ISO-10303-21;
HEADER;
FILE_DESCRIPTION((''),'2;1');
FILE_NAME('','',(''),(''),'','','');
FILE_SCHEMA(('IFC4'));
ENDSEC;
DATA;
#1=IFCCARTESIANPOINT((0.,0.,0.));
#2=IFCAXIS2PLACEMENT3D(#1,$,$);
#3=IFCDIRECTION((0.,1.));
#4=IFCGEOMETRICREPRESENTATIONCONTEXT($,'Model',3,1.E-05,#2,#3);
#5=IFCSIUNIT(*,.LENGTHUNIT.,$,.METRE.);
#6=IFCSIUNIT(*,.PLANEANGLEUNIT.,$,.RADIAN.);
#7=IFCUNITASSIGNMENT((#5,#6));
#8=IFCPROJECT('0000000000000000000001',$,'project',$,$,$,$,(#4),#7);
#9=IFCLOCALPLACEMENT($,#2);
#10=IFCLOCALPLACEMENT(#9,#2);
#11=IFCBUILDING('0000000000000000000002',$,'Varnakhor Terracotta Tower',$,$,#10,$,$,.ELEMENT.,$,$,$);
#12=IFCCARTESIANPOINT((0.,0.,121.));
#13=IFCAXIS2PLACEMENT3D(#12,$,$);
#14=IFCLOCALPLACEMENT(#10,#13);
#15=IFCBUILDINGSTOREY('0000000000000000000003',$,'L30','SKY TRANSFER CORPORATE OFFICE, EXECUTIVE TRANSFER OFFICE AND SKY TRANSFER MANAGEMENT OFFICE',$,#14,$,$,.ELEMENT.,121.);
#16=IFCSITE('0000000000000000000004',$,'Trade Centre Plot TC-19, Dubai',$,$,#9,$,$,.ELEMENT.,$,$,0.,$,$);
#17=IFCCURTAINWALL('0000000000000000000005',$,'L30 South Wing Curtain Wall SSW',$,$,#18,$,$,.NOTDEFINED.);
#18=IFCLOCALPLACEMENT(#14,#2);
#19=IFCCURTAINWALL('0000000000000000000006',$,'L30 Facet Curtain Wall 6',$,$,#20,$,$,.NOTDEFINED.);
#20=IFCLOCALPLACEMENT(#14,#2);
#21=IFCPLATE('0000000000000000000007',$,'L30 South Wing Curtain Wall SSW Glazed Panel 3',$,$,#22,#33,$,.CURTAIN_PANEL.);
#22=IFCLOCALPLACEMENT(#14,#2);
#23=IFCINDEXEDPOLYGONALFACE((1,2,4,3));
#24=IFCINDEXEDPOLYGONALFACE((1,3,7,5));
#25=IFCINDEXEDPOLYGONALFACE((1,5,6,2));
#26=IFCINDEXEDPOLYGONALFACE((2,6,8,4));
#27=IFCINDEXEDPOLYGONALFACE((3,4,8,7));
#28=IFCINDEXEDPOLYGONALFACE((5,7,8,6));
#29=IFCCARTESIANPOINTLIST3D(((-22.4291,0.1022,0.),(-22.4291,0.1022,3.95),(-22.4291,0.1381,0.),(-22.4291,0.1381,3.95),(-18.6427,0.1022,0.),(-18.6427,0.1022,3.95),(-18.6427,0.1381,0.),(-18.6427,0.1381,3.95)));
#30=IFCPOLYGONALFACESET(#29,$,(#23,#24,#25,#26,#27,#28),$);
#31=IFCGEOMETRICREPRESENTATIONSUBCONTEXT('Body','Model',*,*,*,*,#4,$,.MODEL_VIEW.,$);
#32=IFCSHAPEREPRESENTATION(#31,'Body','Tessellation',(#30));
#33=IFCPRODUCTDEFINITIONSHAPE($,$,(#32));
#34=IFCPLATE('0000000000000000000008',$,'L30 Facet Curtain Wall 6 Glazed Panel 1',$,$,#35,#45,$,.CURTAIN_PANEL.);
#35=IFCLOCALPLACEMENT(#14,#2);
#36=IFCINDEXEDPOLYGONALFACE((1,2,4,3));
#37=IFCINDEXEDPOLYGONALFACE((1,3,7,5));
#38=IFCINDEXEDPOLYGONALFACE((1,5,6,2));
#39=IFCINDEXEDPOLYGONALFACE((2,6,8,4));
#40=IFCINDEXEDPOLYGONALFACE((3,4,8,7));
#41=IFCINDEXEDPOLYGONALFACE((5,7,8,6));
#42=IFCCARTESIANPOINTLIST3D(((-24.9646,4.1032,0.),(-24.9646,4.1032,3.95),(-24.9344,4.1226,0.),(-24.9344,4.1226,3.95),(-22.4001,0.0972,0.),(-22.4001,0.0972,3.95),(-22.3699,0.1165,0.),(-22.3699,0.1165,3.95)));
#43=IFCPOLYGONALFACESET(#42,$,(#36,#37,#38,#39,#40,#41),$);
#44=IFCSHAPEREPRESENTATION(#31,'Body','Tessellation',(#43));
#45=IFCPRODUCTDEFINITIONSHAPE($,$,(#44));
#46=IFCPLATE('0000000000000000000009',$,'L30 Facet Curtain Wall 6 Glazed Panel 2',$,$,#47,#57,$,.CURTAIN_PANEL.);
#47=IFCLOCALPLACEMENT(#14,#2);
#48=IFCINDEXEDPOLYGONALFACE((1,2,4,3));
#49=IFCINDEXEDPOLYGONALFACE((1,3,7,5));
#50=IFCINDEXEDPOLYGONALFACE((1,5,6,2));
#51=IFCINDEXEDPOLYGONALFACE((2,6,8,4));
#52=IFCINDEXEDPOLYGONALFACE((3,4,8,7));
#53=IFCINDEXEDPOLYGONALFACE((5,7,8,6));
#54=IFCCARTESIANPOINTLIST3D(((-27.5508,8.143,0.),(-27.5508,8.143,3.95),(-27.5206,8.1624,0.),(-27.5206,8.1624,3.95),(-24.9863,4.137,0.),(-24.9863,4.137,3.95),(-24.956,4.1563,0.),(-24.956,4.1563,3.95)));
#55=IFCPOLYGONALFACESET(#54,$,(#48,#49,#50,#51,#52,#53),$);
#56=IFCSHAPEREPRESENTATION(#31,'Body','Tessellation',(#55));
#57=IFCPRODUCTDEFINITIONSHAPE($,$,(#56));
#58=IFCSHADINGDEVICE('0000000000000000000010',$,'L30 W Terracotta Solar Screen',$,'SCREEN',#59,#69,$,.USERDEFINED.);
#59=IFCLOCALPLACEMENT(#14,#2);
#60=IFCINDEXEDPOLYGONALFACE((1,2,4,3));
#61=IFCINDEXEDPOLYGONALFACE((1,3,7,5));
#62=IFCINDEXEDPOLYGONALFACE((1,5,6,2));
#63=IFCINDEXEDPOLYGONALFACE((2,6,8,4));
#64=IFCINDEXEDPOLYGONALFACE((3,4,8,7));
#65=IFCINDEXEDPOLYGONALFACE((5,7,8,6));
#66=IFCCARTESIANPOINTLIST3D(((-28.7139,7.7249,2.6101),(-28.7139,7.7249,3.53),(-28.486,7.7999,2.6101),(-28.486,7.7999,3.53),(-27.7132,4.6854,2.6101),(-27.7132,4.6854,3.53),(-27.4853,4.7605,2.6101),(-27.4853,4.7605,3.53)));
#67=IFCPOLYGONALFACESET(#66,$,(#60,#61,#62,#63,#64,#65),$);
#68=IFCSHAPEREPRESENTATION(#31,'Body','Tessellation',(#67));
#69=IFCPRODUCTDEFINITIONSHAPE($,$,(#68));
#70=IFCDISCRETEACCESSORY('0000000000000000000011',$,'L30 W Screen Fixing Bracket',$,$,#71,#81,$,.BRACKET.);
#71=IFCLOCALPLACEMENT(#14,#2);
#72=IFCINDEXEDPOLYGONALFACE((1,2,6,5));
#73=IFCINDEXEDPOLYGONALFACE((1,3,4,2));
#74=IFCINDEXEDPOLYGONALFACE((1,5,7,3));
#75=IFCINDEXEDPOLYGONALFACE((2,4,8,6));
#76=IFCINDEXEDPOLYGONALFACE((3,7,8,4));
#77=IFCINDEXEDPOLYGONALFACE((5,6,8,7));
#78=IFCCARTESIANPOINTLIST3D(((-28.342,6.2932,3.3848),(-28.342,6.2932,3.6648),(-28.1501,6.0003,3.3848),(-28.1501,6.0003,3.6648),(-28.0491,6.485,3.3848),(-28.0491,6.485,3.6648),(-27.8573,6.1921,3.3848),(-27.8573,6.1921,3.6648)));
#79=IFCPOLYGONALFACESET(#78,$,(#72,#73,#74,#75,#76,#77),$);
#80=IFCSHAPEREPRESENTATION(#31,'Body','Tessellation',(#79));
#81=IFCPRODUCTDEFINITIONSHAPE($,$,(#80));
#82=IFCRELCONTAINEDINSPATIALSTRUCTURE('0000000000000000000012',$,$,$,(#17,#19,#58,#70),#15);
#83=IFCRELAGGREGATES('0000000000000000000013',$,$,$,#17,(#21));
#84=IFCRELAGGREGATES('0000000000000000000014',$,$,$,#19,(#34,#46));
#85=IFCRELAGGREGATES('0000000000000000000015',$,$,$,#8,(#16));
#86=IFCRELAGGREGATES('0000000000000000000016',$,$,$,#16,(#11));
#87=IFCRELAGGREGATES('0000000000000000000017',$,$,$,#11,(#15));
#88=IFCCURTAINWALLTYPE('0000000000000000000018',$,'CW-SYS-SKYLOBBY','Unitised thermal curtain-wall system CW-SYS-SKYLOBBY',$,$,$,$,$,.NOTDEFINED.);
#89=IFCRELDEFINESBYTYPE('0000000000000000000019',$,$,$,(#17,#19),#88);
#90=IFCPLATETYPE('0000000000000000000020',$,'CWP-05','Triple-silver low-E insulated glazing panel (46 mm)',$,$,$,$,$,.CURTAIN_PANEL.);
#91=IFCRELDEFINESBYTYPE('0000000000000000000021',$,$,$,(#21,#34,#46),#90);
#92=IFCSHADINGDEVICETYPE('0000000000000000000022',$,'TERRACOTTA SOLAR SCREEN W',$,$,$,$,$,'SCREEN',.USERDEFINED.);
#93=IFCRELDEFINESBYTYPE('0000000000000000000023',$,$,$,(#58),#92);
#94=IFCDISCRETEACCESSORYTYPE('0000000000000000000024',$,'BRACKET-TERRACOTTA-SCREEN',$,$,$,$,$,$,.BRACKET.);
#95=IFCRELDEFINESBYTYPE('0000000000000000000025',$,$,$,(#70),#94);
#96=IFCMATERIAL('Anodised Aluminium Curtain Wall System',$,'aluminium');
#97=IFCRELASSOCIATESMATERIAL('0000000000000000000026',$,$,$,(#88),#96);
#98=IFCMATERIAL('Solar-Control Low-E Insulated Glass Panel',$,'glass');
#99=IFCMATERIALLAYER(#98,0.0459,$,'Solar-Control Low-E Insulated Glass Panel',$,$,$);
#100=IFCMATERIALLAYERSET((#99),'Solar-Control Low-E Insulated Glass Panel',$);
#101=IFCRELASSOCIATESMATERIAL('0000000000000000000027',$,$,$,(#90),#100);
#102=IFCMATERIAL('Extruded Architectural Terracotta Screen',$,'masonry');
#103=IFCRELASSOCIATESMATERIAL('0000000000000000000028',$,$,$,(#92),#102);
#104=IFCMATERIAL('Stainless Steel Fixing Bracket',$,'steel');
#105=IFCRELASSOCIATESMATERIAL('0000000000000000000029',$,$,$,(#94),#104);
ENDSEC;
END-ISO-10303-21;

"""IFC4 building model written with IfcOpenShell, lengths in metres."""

from ifc_helpers import new_model, si_unit, direction, frame, origin, origin_2d, place, context, subcontext, project, spatial, rectangle, extrude, source, transform, mapped, material, layer, layer_set, type_object, type_shapes, element, aggregate, save


model = new_model("IFC4")

# Units and contexts
model_context = context("Model", 3, precision=1e-05, world=origin(), true_north=direction((0.0, 1.0)))
body_context = subcontext(model_context, "Body", "Model", "MODEL_VIEW")
ifc_project = project(units=[si_unit("LENGTHUNIT", "METRE"), si_unit("PLANEANGLEUNIT", "RADIAN")], contexts=[model_context])

# Site, building, storey
site_placement = place(None, origin())
site = spatial("IfcSite", under=ifc_project, at=site_placement, Name="Trade Centre Plot TC-19, Dubai", CompositionType="ELEMENT", RefElevation=0.0)
building_placement = place(site_placement, origin())
building = spatial("IfcBuilding", under=site, at=building_placement, Name="Varnakhor Terracotta Tower", CompositionType="ELEMENT")
storey_placement = place(building_placement, frame((0.0, 0.0, 121.0)))
storey = spatial("IfcBuildingStorey", under=building, at=storey_placement, Name="L30", Description="SKY TRANSFER CORPORATE OFFICE, EXECUTIVE TRANSFER OFFICE AND SKY TRANSFER MANAGEMENT OFFICE", CompositionType="ELEMENT", Elevation=121.0)

# Curtain walls
ifc_material_1 = material(Name="Anodised Aluminium Curtain Wall System", Category="aluminium")
curtain_wall_type = type_object("IfcCurtainWallType", Name="CW-SYS-SKYLOBBY", Description="Unitised thermal curtain-wall system CW-SYS-SKYLOBBY", PredefinedType="NOTDEFINED", material=ifc_material_1)
curtain_wall_1_placement = place(storey_placement, origin())
curtain_wall_1 = element("IfcCurtainWall", 1, at=curtain_wall_1_placement, inside=storey, type_object=curtain_wall_type, Name="L30 South Wing Curtain Wall SSW", PredefinedType="NOTDEFINED")
curtain_wall_2_placement = place(storey_placement, origin())
curtain_wall_2 = element("IfcCurtainWall", 2, at=curtain_wall_2_placement, inside=storey, type_object=curtain_wall_type, Name="L30 Facet Curtain Wall 6", PredefinedType="NOTDEFINED")

# Plates
ifc_material_2 = material(Name="Solar-Control Low-E Insulated Glass Panel", Category="glass")
ifc_layer = layer(ifc_material_2, 0.0459, Name="Solar-Control Low-E Insulated Glass Panel")
ifc_layer_set = layer_set([ifc_layer], Name="Solar-Control Low-E Insulated Glass Panel")
plate_type = type_object("IfcPlateType", Name="CWP-05", Description="Triple-silver low-E insulated glazing panel (46 mm)", PredefinedType="CURTAIN_PANEL", material=ifc_layer_set)
shared_shape_1 = source(origin(), body_context, "Body", "SweptSolid", [
    extrude(rectangle(XDim=3.7864, YDim=0.0359, at=origin_2d()), origin(), (0.0, 0.0, 1.0), 3.95),
])
plate_1_placement = place(storey_placement, frame((-20.5359, 0.1201, 0.0), z_axis=(0.0, 0.0, 1.0), x_axis=(-1.0, 0.0, 0.0)))
plate_1 = element("IfcPlate", 3, at=plate_1_placement, type_object=plate_type, Name="L30 South Wing Curtain Wall SSW Glazed Panel 3", PredefinedType="CURTAIN_PANEL", context=body_context, shape_type="MappedRepresentation", body=[
    mapped(shared_shape_1, transform((0.0, 0.0, 0.0), scale=1.0)),
])
aggregate(curtain_wall_1, [plate_1])
shared_shape_2 = source(origin(), body_context, "Body", "SweptSolid", [
    extrude(rectangle(XDim=4.7566, YDim=0.0359, at=origin_2d()), origin(), (0.0, 0.0, 1.0), 3.95),
])
plate_2_placement = place(storey_placement, frame((-23.6672, 2.1099, 0.0), z_axis=(0.0, 0.0, 1.0), x_axis=(-0.539153, 0.842208, 0.0)))
plate_2 = element("IfcPlate", 4, at=plate_2_placement, type_object=plate_type, Name="L30 Facet Curtain Wall 6 Glazed Panel 1", PredefinedType="CURTAIN_PANEL", context=body_context, shape_type="MappedRepresentation", body=[
    mapped(shared_shape_2, transform((0.0, 0.0, 0.0), scale=1.0)),
])
plate_3_placement = place(storey_placement, frame((-26.2534, 6.1497, 0.0), z_axis=(0.0, 0.0, 1.0), x_axis=(-0.539153, 0.842208, 0.0)))
plate_3 = element("IfcPlate", 5, at=plate_3_placement, type_object=plate_type, Name="L30 Facet Curtain Wall 6 Glazed Panel 2", PredefinedType="CURTAIN_PANEL", context=body_context, shape_type="MappedRepresentation", body=[
    mapped(shared_shape_2, transform((0.0, 0.0, 0.0), scale=1.0)),
])
aggregate(curtain_wall_2, [plate_2, plate_3])

# Shading device
ifc_material_3 = material(Name="Extruded Architectural Terracotta Screen", Category="masonry")
shading_device_type = type_object("IfcShadingDeviceType", Name="TERRACOTTA SOLAR SCREEN W", ElementType="SCREEN", PredefinedType="USERDEFINED", material=ifc_material_3)
shared_shape_3 = source(origin(), body_context, "Body", "SweptSolid", [
    extrude(rectangle(XDim=3.2, YDim=0.24, at=origin_2d()), origin(), (0.0, 0.0, 1.0), 0.9199),
])
type_shapes(shading_device_type, [shared_shape_3])
shading_device_placement = place(storey_placement, frame((-28.0996, 6.2427, 2.6101), z_axis=(0.0, 0.0, 1.0), x_axis=(0.312716, -0.949847, 0.0)))
element("IfcShadingDevice", 6, at=shading_device_placement, inside=storey, type_object=shading_device_type, Name="L30 W Terracotta Solar Screen", ObjectType="SCREEN", PredefinedType="USERDEFINED", context=body_context, shape_type="MappedRepresentation", body=[
    mapped(shared_shape_3, transform((0.0, 0.0, 0.0), scale=1.0)),
])

# Discrete accessory
ifc_material_4 = material(Name="Stainless Steel Fixing Bracket", Category="steel")
discrete_accessory_type = type_object("IfcDiscreteAccessoryType", Name="BRACKET-TERRACOTTA-SCREEN", PredefinedType="BRACKET", material=ifc_material_4)
shared_shape_4 = source(origin(), body_context, "Body", "SweptSolid", [
    extrude(rectangle(XDim=0.3501, YDim=0.3501, at=origin_2d()), origin(), (0.0, 0.0, 1.0), 0.28),
])
type_shapes(discrete_accessory_type, [shared_shape_4])
discrete_accessory_placement = place(storey_placement, frame((-28.0996, 6.2427, 3.3848), z_axis=(0.0, 0.0, 1.0), x_axis=(0.547899, -0.836544, 0.0)))
element("IfcDiscreteAccessory", 7, at=discrete_accessory_placement, inside=storey, type_object=discrete_accessory_type, Name="L30 W Screen Fixing Bracket", PredefinedType="BRACKET", context=body_context, shape_type="MappedRepresentation", body=[
    mapped(shared_shape_4, transform((0.0, 0.0, 0.0), scale=1.0)),
])

save(model, "model.ifc")
